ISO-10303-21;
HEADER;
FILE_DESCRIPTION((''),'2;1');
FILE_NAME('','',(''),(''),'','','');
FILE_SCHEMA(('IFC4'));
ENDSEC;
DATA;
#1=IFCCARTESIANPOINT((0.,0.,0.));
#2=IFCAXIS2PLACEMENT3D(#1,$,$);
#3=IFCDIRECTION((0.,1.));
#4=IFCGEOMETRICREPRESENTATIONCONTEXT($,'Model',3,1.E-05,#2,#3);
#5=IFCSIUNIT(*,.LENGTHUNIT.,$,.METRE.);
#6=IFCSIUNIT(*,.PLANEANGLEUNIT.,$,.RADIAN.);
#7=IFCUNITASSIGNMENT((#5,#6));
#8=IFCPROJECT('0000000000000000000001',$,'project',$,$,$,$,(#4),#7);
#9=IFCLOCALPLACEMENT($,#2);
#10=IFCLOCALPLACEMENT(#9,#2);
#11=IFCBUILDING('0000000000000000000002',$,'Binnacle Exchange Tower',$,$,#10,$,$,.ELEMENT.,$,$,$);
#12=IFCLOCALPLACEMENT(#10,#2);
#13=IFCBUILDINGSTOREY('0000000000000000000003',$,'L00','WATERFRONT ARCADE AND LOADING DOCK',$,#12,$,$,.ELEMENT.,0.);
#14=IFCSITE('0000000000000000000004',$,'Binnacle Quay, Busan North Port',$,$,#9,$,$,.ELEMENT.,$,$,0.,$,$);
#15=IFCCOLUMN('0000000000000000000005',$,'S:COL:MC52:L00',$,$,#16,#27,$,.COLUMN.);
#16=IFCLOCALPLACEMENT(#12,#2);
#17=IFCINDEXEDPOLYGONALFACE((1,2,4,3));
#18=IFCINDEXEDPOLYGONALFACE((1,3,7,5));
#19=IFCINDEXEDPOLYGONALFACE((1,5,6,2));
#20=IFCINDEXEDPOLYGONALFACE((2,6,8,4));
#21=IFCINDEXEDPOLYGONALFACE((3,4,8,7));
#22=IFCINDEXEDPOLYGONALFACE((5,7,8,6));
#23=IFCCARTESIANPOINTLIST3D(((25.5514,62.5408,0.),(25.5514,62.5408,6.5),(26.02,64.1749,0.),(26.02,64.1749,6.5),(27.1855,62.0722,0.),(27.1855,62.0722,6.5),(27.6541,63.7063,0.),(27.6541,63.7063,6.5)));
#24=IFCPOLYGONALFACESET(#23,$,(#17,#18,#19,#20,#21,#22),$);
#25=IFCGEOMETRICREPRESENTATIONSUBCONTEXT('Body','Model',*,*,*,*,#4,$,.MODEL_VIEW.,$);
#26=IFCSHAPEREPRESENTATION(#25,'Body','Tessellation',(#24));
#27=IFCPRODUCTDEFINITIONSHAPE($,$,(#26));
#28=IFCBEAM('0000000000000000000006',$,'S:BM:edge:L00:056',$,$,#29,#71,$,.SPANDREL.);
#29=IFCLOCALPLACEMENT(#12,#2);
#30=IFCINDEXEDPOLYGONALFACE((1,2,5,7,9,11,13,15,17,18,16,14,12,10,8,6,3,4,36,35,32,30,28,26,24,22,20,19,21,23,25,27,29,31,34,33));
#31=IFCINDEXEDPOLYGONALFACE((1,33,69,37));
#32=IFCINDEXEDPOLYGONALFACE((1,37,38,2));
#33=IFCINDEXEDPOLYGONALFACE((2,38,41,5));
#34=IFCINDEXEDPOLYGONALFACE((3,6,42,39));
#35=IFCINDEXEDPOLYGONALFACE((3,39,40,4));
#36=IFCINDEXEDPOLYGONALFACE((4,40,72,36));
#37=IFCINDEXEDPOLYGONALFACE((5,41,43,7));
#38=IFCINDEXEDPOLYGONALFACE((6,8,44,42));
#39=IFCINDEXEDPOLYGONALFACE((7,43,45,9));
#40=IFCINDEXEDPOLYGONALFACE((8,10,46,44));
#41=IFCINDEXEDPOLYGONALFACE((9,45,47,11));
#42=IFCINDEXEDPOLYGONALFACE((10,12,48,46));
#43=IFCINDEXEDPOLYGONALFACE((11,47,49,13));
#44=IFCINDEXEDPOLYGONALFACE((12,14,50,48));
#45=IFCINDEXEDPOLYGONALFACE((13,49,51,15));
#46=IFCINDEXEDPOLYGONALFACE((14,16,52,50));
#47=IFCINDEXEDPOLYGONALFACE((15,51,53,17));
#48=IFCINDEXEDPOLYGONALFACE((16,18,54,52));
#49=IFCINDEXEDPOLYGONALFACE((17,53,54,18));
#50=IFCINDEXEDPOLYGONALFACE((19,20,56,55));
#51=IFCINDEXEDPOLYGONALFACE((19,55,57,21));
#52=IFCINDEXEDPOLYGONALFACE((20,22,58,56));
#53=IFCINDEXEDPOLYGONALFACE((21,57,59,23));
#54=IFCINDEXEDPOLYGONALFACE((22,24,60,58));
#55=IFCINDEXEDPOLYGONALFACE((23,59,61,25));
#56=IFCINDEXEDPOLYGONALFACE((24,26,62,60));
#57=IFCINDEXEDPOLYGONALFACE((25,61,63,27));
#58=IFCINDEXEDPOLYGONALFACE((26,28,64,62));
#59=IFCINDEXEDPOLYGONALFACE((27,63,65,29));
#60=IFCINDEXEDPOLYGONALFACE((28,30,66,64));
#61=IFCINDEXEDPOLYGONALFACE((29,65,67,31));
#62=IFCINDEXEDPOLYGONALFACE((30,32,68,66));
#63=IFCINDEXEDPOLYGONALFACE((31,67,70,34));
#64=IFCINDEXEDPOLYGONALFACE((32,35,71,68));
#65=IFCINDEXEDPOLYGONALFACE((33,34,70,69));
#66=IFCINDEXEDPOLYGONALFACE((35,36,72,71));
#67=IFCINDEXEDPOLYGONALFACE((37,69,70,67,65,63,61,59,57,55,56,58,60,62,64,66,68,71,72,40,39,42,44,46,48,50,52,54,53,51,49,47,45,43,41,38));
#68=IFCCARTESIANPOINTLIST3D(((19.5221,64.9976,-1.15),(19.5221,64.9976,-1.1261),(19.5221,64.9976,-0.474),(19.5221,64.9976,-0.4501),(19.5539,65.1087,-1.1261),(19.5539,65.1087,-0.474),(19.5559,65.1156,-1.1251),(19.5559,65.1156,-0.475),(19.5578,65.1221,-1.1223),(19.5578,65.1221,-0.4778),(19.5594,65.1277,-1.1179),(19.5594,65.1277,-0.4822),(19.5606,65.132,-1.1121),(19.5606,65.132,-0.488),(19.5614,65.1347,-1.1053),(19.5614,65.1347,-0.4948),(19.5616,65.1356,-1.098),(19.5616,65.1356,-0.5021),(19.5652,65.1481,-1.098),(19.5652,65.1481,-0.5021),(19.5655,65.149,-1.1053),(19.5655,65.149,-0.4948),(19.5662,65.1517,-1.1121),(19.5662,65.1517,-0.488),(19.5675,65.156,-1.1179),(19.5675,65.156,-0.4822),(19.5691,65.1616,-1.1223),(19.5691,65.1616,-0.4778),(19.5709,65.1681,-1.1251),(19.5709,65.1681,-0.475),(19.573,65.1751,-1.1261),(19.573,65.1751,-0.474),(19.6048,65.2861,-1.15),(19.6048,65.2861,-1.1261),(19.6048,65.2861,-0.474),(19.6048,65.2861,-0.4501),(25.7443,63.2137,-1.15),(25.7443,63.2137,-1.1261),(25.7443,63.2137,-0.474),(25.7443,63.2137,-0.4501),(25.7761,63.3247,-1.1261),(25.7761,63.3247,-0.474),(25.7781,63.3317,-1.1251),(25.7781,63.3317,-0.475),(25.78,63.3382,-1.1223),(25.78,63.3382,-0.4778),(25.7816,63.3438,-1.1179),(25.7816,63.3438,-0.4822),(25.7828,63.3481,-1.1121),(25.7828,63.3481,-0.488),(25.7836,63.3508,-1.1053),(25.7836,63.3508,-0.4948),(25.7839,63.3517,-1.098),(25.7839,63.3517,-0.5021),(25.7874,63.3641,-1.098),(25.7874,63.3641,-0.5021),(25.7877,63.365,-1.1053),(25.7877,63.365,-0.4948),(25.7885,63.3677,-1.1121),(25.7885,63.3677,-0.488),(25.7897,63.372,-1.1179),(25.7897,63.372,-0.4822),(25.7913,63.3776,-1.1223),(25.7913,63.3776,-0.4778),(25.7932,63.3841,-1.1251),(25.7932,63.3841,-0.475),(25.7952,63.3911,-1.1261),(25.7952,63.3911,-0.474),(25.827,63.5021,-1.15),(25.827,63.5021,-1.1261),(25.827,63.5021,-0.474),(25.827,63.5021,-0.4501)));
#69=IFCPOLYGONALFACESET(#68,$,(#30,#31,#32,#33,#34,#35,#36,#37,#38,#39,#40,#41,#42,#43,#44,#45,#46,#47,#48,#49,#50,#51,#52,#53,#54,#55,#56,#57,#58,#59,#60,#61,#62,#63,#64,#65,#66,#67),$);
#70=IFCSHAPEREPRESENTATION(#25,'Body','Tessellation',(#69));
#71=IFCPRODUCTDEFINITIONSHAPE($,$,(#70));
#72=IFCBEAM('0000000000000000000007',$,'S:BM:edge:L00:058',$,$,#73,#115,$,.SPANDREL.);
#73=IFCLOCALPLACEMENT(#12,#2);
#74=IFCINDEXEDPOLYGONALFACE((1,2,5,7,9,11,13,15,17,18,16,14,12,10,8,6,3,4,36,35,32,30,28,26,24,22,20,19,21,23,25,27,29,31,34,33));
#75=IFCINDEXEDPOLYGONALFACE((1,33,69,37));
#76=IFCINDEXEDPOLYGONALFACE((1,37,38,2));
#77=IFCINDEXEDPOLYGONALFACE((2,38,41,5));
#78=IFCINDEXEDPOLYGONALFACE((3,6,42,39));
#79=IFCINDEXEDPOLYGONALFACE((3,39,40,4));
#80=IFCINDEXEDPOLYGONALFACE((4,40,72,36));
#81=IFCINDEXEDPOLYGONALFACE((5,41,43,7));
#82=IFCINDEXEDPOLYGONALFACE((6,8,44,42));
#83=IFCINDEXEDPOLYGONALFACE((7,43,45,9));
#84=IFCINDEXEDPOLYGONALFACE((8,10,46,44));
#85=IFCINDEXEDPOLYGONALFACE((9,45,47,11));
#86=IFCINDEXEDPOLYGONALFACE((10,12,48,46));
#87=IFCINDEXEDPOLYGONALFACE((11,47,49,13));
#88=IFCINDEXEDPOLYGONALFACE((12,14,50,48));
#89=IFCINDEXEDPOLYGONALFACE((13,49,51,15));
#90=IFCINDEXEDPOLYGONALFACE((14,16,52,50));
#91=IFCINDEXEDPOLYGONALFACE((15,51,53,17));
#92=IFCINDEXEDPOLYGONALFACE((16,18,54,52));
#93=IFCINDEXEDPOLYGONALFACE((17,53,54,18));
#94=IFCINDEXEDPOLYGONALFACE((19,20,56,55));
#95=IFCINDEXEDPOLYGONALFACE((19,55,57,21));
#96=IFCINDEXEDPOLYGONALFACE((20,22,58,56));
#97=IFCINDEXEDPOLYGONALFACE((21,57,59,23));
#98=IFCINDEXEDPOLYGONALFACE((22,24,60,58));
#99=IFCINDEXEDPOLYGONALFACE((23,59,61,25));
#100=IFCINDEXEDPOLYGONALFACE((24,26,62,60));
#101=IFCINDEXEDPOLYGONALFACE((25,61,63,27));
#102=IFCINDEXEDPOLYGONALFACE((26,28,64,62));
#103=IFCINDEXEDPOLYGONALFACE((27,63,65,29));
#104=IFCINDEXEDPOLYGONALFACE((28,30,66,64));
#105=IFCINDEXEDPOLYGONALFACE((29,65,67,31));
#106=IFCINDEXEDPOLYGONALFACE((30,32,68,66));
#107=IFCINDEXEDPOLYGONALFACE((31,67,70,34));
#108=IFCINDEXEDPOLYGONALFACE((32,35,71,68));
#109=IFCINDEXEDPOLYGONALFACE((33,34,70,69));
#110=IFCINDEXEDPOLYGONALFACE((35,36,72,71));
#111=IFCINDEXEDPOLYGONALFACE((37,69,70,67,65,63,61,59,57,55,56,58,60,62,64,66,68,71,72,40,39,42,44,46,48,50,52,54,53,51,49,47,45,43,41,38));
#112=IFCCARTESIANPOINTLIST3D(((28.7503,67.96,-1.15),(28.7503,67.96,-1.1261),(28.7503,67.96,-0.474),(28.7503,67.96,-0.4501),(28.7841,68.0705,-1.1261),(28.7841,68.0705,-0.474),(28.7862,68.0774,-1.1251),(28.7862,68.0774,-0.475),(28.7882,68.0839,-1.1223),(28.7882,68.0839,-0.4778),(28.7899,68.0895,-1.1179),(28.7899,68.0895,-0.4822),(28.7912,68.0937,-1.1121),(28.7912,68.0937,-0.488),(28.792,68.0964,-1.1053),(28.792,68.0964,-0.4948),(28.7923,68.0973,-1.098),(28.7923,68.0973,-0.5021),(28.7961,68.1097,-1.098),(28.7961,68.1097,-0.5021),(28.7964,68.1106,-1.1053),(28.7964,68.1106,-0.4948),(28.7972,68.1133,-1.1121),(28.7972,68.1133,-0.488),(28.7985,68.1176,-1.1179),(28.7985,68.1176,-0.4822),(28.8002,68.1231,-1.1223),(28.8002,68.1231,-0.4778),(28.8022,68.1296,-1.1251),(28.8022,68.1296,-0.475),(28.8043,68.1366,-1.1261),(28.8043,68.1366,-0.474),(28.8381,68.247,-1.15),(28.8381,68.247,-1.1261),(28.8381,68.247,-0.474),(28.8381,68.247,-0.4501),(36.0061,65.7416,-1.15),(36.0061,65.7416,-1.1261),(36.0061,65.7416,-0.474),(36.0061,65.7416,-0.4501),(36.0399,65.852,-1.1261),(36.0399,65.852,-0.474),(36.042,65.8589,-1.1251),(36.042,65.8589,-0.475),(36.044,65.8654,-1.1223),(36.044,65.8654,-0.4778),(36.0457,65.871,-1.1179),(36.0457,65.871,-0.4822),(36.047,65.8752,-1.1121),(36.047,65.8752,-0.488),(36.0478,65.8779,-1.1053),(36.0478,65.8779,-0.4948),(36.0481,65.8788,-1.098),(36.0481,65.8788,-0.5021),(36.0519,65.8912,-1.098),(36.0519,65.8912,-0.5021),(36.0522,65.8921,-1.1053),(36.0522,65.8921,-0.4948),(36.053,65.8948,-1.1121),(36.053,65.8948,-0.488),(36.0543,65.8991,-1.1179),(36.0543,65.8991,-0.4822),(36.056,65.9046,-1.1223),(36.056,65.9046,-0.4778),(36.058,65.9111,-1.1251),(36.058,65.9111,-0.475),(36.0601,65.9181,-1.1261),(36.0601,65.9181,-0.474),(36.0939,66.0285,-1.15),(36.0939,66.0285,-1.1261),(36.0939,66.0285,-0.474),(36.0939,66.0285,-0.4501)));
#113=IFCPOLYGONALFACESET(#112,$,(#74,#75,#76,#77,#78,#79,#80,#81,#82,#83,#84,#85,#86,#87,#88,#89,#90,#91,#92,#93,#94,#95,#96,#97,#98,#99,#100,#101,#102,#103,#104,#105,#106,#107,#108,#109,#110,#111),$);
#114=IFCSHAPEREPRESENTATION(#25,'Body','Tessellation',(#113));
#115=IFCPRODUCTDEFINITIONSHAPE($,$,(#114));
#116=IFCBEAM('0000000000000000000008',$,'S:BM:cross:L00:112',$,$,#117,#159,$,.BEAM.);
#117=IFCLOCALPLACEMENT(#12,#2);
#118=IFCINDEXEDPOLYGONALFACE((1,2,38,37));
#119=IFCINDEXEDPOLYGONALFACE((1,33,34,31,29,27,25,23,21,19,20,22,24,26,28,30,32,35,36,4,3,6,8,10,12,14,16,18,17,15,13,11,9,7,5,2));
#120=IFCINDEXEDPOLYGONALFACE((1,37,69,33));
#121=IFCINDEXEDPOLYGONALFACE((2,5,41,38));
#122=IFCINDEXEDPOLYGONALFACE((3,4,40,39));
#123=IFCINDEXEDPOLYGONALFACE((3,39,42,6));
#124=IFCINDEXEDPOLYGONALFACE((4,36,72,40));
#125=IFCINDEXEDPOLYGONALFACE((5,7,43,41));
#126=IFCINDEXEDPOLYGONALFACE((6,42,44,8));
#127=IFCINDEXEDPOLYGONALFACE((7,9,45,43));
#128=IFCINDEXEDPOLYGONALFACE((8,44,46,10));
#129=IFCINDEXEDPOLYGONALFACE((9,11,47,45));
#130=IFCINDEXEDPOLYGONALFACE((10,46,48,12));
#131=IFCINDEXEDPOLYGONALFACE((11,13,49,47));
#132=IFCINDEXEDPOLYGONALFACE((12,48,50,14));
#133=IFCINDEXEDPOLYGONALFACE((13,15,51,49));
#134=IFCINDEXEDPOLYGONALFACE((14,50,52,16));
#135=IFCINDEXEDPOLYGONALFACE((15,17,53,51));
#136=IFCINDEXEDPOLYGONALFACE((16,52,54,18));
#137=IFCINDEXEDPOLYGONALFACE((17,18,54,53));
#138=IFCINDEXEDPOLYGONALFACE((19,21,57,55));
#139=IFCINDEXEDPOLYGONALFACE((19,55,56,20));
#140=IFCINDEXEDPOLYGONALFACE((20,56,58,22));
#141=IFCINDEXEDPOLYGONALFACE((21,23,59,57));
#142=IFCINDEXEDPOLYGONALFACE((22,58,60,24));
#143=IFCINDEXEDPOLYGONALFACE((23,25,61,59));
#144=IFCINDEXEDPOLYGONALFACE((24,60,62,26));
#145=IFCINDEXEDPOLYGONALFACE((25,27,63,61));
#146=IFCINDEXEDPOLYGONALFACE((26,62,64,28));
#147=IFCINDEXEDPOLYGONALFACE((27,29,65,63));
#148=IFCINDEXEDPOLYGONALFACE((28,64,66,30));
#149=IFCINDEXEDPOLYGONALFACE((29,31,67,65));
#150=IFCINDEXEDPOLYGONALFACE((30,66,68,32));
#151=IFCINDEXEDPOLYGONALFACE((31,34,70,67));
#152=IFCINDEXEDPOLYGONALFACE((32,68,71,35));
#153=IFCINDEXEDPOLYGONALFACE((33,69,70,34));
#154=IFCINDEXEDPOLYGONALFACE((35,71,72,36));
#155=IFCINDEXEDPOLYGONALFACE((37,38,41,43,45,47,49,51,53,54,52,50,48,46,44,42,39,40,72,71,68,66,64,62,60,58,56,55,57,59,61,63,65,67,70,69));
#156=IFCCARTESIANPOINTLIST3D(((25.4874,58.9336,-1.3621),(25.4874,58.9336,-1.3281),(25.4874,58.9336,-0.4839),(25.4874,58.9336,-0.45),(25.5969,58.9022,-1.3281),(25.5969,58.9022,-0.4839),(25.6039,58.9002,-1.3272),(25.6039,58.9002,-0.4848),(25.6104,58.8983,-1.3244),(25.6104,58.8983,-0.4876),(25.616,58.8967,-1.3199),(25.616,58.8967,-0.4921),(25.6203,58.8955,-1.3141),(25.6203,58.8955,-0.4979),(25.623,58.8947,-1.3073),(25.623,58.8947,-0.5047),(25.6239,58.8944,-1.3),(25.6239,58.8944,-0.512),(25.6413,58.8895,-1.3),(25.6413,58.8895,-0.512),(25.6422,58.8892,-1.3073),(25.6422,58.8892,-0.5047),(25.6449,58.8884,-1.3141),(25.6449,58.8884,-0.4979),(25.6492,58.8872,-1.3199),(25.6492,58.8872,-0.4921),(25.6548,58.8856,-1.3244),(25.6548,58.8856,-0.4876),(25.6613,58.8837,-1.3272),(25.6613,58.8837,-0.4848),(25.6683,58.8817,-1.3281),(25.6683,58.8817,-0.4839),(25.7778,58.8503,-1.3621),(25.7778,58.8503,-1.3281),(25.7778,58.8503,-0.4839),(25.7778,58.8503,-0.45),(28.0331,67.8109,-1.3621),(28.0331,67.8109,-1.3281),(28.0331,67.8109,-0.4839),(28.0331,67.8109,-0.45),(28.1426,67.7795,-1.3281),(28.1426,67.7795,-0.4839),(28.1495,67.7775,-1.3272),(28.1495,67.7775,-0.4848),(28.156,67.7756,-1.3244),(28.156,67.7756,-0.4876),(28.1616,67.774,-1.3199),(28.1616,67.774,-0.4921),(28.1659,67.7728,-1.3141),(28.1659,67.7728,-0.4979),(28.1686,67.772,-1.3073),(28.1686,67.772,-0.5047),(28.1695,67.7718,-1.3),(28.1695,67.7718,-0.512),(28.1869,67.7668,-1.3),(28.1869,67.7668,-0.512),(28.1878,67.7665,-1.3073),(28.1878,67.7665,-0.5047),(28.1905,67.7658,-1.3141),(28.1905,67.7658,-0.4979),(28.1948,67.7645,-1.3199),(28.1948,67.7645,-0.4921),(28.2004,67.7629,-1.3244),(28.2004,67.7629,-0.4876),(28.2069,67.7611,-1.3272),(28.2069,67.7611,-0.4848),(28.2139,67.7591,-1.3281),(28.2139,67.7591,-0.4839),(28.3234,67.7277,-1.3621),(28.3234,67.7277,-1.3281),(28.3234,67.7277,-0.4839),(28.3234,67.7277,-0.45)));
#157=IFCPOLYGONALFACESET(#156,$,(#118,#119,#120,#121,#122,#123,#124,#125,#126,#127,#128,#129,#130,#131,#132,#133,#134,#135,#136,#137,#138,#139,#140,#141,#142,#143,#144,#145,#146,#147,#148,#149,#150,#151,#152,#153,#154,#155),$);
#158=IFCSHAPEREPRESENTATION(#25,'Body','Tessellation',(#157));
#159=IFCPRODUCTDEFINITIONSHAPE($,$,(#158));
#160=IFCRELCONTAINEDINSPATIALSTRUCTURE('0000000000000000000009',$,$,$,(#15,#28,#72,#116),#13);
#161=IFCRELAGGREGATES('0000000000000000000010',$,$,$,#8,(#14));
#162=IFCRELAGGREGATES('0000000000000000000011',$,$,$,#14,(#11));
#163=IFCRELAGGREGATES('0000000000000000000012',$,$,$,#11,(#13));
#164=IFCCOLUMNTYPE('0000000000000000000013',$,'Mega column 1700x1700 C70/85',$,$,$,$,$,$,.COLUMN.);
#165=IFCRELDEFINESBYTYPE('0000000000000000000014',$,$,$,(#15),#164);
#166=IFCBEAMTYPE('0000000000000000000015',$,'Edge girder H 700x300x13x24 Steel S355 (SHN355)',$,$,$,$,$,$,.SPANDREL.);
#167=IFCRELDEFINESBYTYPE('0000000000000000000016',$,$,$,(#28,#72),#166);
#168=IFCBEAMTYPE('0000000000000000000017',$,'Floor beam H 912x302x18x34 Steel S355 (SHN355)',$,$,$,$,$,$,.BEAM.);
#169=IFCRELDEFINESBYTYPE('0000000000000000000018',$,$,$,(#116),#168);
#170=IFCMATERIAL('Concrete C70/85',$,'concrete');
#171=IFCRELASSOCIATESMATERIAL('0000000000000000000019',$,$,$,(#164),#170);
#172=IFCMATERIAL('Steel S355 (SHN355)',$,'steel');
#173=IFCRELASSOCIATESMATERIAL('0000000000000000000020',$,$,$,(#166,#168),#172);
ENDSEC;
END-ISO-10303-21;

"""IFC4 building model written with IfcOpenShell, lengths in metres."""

from ifc_helpers import new_model, si_unit, direction, frame, origin, origin_2d, place, context, subcontext, project, spatial, rectangle, i_section, extrude, material, material_profile, profile_set, type_object, element, save


model = new_model("IFC4")

# Units and contexts
model_context = context("Model", 3, precision=1e-05, world=origin(), true_north=direction((0.0, 1.0)))
body_context = subcontext(model_context, "Body", "Model", "MODEL_VIEW")
ifc_project = project(units=[si_unit("LENGTHUNIT", "METRE"), si_unit("PLANEANGLEUNIT", "RADIAN")], contexts=[model_context])

# Site, building, storey
site_placement = place(None, origin())
site = spatial("IfcSite", under=ifc_project, at=site_placement, Name="Binnacle Quay, Busan North Port", CompositionType="ELEMENT", RefElevation=0.0)
building_placement = place(site_placement, origin())
building = spatial("IfcBuilding", under=site, at=building_placement, Name="Binnacle Exchange Tower", CompositionType="ELEMENT")
storey_placement = place(building_placement, origin())
storey = spatial("IfcBuildingStorey", under=building, at=storey_placement, Name="L00", Description="WATERFRONT ARCADE AND LOADING DOCK", CompositionType="ELEMENT", Elevation=0.0)

# Column
ifc_material_1 = material(Name="Concrete C70/85", Category="concrete")
ifc_material_profile_1 = material_profile(ifc_material_1, rectangle(XDim=1.7, YDim=1.7, at=origin_2d()), Name="Mega column 1700x1700 C70/85")
ifc_profile_set_1 = profile_set([ifc_material_profile_1], Name="Concrete C70/85")
column_type = type_object("IfcColumnType", Name="Mega column 1700x1700 C70/85", PredefinedType="COLUMN", material=ifc_profile_set_1)
column_placement = place(storey_placement, frame((26.6028, 63.1235, 0.0), z_axis=(0.0, 0.0, 1.0), x_axis=(-0.961262, 0.275637, 0.0)))
element("IfcColumn", 1, at=column_placement, inside=storey, type_object=column_type, Name="S:COL:MC52:L00", PredefinedType="COLUMN", context=body_context, shape_type="SweptSolid", body=[
    extrude(rectangle(XDim=1.7, YDim=1.7, at=origin_2d()), origin(), (0.0, 0.0, 1.0), 6.5),
])

# Beams
ifc_material_2 = material(Name="Steel S355 (SHN355)", Category="steel")
ifc_material_profile_2 = material_profile(ifc_material_2, i_section(OverallWidth=0.3, OverallDepth=0.7, WebThickness=0.0129, FlangeThickness=0.0239, FilletRadius=0.0281, at=origin_2d()), Name="H 700x300x13x24")
ifc_profile_set_2 = profile_set([ifc_material_profile_2], Name="Steel S355 (SHN355)")
beam_type_1 = type_object("IfcBeamType", Name="Edge girder H 700x300x13x24 Steel S355 (SHN355)", PredefinedType="SPANDREL", material=ifc_profile_set_2)
beam_1_placement = place(storey_placement, frame((25.7856, 63.3579, -0.8), z_axis=(-0.961272, 0.275603, 0.0), x_axis=(-0.275603, -0.961272, 0.0)))
element("IfcBeam", 2, at=beam_1_placement, inside=storey, type_object=beam_type_1, Name="S:BM:edge:L00:056", PredefinedType="SPANDREL", context=body_context, shape_type="SweptSolid", body=[
    extrude(i_section(OverallWidth=0.3, OverallDepth=0.7, WebThickness=0.0129, FlangeThickness=0.0239, FilletRadius=0.0281, at=origin_2d()), origin(), (0.0, 0.0, 1.0), 6.4729),
])
beam_2_placement = place(storey_placement, frame((28.7942, 68.1035, -0.8), z_axis=(0.956299, -0.292392, 0.0), x_axis=(0.292392, 0.956299, 0.0)))
element("IfcBeam", 3, at=beam_2_placement, inside=storey, type_object=beam_type_1, Name="S:BM:edge:L00:058", PredefinedType="SPANDREL", context=body_context, shape_type="SweptSolid", body=[
    extrude(i_section(OverallWidth=0.3, OverallDepth=0.7, WebThickness=0.0129, FlangeThickness=0.0239, FilletRadius=0.0281, at=origin_2d()), origin(), (0.0, 0.0, 1.0), 7.5874),
])
ifc_material_profile_3 = material_profile(ifc_material_2, i_section(OverallWidth=0.302, OverallDepth=0.9121, WebThickness=0.0181, FlangeThickness=0.0339, FilletRadius=0.0281, at=origin_2d()), Name="H 912x302x18x34")
ifc_profile_set_3 = profile_set([ifc_material_profile_3], Name="Steel S355 (SHN355)")
beam_type_2 = type_object("IfcBeamType", Name="Floor beam H 912x302x18x34 Steel S355 (SHN355)", PredefinedType="BEAM", material=ifc_profile_set_3)
beam_3_placement = place(storey_placement, frame((28.1782, 67.7693, -0.906), z_axis=(-0.275646, -0.961259, 0.0), x_axis=(0.961259, -0.275646, 0.0)))
element("IfcBeam", 4, at=beam_3_placement, inside=storey, type_object=beam_type_2, Name="S:BM:cross:L00:112", PredefinedType="BEAM", context=body_context, shape_type="SweptSolid", body=[
    extrude(i_section(OverallWidth=0.302, OverallDepth=0.9121, WebThickness=0.0181, FlangeThickness=0.0339, FilletRadius=0.0281, at=origin_2d()), origin(), (0.0, 0.0, 1.0), 9.2351),
])

save(model, "model.ifc")
